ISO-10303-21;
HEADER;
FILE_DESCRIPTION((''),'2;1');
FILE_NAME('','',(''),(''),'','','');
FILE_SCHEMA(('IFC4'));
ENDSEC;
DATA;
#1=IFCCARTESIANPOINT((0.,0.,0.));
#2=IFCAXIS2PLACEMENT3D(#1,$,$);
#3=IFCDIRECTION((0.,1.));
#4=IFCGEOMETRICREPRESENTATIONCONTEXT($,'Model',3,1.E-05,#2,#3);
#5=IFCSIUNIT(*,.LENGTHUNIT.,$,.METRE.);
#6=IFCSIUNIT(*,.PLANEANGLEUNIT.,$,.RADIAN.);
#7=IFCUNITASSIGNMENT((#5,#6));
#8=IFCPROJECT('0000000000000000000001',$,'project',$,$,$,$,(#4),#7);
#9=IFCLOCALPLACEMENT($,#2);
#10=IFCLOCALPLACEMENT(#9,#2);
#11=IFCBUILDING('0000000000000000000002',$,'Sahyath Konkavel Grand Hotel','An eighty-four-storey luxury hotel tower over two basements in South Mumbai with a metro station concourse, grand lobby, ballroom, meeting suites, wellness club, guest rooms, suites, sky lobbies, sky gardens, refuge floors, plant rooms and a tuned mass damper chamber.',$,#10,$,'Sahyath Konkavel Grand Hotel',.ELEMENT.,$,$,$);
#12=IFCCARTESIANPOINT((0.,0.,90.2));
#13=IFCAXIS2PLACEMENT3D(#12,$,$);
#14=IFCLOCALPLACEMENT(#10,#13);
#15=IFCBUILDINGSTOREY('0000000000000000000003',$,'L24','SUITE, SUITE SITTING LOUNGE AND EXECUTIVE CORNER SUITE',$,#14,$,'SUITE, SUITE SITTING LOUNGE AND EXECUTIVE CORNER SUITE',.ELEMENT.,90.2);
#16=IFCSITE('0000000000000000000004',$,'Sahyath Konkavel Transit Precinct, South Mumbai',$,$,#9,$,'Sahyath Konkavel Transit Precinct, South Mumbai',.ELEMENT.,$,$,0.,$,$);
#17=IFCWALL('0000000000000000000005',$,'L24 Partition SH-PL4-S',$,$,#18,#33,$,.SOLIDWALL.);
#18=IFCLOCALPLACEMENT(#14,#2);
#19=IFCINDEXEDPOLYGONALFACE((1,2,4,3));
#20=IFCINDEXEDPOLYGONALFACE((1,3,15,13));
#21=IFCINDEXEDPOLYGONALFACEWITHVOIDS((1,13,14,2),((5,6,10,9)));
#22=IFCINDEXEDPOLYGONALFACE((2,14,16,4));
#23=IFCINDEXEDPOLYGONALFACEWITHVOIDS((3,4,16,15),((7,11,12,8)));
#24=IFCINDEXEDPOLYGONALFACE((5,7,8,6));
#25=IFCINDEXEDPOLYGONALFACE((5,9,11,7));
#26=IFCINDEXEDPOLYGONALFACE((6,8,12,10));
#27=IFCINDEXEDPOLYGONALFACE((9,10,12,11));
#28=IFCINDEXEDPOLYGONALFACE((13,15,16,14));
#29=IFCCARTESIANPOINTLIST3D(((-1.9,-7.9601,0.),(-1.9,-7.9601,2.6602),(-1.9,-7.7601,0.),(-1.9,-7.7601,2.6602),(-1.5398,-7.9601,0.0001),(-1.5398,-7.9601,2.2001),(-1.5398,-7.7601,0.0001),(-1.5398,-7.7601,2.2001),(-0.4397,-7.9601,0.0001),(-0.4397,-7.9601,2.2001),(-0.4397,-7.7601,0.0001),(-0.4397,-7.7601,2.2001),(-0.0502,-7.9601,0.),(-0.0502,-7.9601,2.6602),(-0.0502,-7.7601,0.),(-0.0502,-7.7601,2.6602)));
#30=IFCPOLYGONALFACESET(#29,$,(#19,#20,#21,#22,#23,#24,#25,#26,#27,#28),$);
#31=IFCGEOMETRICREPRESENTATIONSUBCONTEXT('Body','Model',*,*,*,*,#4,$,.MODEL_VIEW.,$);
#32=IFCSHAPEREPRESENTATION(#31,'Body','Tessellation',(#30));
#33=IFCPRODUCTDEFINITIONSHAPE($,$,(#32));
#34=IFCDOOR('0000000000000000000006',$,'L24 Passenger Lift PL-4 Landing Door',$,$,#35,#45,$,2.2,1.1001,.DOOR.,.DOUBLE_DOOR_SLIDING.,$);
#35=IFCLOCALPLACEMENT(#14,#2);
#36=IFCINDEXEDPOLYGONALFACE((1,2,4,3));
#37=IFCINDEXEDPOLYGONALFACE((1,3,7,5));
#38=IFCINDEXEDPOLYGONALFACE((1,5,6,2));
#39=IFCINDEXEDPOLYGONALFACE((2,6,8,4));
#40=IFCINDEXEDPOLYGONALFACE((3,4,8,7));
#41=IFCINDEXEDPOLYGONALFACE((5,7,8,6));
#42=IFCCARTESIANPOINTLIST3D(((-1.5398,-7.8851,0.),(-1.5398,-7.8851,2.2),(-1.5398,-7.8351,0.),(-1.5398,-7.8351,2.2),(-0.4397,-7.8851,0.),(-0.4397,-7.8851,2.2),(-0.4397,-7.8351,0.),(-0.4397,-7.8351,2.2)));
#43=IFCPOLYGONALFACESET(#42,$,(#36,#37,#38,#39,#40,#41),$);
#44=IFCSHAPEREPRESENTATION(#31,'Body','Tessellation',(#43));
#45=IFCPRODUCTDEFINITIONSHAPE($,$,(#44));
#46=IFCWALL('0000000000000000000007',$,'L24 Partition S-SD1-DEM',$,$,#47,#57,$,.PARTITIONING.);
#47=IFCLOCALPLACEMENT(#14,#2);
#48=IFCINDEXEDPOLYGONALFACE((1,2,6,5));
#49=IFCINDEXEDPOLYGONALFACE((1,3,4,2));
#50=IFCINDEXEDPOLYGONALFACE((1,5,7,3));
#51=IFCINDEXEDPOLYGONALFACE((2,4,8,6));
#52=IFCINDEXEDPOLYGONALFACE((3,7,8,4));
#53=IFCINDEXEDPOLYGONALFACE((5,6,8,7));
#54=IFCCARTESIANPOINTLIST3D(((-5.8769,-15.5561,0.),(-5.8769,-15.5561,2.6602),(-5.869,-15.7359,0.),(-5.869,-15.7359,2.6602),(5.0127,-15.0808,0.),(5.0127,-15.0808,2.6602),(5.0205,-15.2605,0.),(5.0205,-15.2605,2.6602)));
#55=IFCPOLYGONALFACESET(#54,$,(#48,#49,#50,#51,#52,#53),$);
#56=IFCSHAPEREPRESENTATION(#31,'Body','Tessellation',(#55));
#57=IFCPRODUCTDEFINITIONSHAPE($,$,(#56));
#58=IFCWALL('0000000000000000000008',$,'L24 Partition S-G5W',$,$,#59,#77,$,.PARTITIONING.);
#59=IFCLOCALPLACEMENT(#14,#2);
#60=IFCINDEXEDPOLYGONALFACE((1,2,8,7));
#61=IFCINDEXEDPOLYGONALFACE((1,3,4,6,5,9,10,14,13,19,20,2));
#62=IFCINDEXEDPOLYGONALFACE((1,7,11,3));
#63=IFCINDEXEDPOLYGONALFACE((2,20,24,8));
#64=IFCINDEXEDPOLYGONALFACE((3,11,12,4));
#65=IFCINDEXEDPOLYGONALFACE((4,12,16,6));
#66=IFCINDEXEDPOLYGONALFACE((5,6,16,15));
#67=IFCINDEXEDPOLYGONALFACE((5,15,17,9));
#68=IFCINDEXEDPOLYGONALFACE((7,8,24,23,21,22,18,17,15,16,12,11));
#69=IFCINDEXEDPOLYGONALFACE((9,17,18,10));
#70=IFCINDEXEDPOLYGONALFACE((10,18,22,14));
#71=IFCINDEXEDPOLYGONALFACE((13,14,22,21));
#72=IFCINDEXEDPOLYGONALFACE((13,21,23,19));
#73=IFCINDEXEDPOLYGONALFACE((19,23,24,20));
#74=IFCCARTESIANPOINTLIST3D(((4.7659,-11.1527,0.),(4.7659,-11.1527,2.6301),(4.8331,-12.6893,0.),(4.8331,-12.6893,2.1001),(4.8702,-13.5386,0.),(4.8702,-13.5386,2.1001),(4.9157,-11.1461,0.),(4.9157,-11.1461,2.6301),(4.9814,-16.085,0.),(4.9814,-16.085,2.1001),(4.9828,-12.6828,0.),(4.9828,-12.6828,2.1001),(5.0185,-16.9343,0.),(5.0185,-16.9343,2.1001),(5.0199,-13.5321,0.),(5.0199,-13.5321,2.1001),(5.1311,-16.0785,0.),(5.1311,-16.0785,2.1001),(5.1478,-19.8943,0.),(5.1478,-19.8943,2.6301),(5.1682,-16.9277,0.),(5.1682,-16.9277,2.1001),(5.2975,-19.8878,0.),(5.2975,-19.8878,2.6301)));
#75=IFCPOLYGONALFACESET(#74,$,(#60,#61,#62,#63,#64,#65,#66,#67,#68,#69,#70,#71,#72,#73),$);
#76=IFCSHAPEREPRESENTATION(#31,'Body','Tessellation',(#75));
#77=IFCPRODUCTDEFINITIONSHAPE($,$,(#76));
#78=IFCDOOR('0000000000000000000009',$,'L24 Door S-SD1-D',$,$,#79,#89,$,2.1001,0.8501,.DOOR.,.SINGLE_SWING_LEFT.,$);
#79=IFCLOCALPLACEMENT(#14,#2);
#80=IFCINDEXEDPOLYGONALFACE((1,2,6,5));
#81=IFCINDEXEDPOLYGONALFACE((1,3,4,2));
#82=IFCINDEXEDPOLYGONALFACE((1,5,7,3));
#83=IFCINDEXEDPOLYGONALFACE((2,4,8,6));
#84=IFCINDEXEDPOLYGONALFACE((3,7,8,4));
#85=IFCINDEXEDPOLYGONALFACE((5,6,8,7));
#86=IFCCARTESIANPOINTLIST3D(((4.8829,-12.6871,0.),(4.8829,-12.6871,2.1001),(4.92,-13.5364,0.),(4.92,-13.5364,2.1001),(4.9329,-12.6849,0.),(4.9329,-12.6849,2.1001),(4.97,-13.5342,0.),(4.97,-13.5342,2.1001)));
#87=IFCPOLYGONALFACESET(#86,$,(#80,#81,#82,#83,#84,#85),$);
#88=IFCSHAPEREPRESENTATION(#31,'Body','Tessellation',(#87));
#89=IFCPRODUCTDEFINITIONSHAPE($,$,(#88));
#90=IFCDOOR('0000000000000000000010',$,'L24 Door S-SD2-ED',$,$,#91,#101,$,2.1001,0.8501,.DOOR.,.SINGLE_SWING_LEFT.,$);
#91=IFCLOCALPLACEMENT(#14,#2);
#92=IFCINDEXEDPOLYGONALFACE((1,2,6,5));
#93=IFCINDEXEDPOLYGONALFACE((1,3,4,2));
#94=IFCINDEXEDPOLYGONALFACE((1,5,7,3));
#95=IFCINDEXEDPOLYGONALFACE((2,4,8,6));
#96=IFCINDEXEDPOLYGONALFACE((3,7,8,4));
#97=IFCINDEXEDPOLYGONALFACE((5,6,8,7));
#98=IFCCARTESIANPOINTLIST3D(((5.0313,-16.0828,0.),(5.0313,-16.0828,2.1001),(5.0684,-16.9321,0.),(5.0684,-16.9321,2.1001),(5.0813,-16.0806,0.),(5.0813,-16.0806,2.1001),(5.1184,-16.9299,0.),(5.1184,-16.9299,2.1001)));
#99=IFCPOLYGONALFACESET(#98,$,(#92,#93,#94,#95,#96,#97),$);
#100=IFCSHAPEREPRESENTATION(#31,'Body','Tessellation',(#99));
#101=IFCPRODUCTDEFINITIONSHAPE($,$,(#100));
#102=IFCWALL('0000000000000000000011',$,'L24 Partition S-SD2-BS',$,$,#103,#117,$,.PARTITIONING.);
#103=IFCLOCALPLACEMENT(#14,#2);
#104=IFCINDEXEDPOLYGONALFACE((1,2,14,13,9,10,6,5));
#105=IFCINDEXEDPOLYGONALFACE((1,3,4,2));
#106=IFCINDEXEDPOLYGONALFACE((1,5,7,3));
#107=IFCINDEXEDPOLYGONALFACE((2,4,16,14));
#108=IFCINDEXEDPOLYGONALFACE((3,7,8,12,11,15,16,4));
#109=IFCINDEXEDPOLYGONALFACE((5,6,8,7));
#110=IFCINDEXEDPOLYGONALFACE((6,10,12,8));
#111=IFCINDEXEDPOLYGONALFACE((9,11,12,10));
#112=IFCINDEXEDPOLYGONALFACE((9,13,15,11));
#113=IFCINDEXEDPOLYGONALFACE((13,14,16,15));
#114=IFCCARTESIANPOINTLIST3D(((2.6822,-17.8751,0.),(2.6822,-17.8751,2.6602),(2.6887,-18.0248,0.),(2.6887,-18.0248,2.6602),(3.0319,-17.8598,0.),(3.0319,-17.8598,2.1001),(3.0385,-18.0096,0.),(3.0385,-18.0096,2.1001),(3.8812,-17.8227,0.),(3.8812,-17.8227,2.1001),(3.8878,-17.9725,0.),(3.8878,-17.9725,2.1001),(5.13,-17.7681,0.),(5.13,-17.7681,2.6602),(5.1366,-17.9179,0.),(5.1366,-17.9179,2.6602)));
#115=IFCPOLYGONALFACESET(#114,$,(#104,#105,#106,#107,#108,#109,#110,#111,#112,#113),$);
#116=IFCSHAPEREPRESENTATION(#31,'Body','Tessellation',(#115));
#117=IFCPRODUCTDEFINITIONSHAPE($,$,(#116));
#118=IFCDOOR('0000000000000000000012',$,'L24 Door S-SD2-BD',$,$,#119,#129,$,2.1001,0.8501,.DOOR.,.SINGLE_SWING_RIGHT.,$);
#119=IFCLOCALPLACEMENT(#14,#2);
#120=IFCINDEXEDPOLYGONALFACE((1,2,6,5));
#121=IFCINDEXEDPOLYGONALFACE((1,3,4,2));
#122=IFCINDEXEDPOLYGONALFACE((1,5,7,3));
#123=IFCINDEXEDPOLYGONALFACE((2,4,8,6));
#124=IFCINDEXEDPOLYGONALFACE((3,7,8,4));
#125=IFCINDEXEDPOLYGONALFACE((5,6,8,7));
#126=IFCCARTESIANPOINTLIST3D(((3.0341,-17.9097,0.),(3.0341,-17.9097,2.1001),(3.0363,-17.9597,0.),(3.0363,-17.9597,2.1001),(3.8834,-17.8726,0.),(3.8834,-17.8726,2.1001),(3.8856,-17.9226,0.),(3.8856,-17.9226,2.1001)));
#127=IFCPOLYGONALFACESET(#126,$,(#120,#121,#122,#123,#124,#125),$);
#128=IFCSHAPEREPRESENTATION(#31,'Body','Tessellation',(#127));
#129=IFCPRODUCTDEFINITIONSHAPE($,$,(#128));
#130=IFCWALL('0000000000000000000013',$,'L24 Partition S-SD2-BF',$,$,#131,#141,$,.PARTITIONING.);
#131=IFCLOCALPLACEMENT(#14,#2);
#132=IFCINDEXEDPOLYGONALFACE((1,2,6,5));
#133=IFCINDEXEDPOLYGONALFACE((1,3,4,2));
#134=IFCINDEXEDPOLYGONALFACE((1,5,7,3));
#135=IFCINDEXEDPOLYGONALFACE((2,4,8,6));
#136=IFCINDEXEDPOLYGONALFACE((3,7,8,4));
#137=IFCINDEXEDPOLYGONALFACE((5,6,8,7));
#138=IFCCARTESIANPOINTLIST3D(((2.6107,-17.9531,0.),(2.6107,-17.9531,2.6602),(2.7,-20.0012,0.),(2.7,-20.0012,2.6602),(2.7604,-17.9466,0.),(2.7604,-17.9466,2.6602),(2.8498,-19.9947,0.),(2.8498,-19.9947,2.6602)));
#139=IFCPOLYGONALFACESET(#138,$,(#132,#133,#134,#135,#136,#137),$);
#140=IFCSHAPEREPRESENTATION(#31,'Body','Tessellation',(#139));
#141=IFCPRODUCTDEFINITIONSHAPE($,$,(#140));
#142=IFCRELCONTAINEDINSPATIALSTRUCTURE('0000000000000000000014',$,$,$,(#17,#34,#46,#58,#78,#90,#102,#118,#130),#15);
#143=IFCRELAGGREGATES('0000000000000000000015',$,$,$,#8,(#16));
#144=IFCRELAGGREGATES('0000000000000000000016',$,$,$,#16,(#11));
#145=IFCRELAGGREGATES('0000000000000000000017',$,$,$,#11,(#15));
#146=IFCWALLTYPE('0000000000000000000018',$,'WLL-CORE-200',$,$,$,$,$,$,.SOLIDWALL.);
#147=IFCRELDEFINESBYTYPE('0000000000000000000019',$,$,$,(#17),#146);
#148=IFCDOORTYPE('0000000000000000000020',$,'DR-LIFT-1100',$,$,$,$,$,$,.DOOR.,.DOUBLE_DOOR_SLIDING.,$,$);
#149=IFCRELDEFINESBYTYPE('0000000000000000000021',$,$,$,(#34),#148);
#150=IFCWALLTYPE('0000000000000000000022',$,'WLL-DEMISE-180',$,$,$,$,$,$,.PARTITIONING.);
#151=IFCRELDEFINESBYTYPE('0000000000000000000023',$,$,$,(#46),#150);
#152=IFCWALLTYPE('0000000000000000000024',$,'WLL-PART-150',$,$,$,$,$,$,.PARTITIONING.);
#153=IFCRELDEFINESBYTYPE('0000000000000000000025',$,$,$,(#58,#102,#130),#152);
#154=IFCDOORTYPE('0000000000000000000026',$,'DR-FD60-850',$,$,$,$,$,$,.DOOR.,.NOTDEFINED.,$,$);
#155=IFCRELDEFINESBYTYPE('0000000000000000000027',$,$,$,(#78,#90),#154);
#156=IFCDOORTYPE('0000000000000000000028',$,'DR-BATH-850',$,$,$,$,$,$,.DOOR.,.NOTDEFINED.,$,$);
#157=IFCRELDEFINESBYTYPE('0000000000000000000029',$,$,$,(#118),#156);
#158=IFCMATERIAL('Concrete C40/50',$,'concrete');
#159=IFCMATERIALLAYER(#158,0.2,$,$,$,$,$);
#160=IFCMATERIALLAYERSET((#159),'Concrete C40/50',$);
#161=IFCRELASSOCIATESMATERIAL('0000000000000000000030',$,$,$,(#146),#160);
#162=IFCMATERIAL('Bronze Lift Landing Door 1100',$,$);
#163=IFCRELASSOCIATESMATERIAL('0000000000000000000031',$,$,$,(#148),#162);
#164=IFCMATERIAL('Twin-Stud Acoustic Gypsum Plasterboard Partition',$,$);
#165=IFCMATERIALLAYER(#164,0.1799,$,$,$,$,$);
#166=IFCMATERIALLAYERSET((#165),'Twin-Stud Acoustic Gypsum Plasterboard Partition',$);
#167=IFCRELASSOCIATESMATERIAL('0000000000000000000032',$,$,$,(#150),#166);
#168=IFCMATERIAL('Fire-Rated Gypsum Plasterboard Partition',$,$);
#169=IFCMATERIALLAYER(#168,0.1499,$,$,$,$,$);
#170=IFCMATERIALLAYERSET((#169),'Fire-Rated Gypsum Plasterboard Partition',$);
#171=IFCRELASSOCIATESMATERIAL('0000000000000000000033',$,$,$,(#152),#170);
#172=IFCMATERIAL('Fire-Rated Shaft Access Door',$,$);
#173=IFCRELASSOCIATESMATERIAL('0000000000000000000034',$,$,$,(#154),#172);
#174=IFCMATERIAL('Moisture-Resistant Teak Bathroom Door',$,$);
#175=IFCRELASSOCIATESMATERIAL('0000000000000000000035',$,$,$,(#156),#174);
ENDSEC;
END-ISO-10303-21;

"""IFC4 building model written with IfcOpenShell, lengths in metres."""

from ifc_helpers import new_model, si_unit, direction, frame, frame_2d, origin, origin_2d, place, context, subcontext, project, spatial, rectangle, extrude, source, transform, mapped, material, layer, layer_set, type_object, element, fill, save


model = new_model("IFC4")

# Units and contexts
model_context = context("Model", 3, precision=1e-05, world=origin(), true_north=direction((0.0, 1.0)))
body_context = subcontext(model_context, "Body", "Model", "MODEL_VIEW")
ifc_project = project(units=[si_unit("LENGTHUNIT", "METRE"), si_unit("PLANEANGLEUNIT", "RADIAN")], contexts=[model_context])

# Site, building, storey
site_placement = place(None, origin())
site = spatial("IfcSite", under=ifc_project, at=site_placement, Name="Sahyath Konkavel Transit Precinct, South Mumbai", LongName="Sahyath Konkavel Transit Precinct, South Mumbai", CompositionType="ELEMENT", RefElevation=0.0)
building_placement = place(site_placement, origin())
building = spatial("IfcBuilding", under=site, at=building_placement, Name="Sahyath Konkavel Grand Hotel", Description="An eighty-four-storey luxury hotel tower over two basements in South Mumbai with a metro station concourse, grand lobby, ballroom, meeting suites, wellness club, guest rooms, suites, sky lobbies, sky gardens, refuge floors, plant rooms and a tuned mass damper chamber.", LongName="Sahyath Konkavel Grand Hotel", CompositionType="ELEMENT")
storey_placement = place(building_placement, frame((0.0, 0.0, 90.2)))
storey = spatial("IfcBuildingStorey", under=building, at=storey_placement, Name="L24", Description="SUITE, SUITE SITTING LOUNGE AND EXECUTIVE CORNER SUITE", LongName="SUITE, SUITE SITTING LOUNGE AND EXECUTIVE CORNER SUITE", CompositionType="ELEMENT", Elevation=90.2)

# Wall, opening, door
ifc_material_1 = material(Name="Concrete C40/50", Category="concrete")
ifc_layer_1 = layer(ifc_material_1, 0.2)
ifc_layer_set_1 = layer_set([ifc_layer_1], Name="Concrete C40/50")
wall_type_1 = type_object("IfcWallType", Name="WLL-CORE-200", PredefinedType="SOLIDWALL", material=ifc_layer_set_1)
wall_1_placement = place(storey_placement, frame((-1.8999, -7.8601, 0.0), z_axis=(0.0, 0.0, 1.0), x_axis=(1.0, 0.0, 0.0)))
wall_1 = element("IfcWall", 1, at=wall_1_placement, inside=storey, type_object=wall_type_1, Name="L24 Partition SH-PL4-S", PredefinedType="SOLIDWALL", context=body_context, shape_type="SweptSolid", body=[
    extrude(rectangle(XDim=1.8499, YDim=0.2, at=frame_2d((0.9248, 0.0))), origin(), (0.0, 0.0, 1.0), 2.6602),
])
opening_1_placement = place(wall_1_placement, frame((0.3601, 0.0, 0.0)))
opening_1 = element("IfcOpeningElement", 2, at=opening_1_placement, cuts=wall_1, PredefinedType="OPENING", context=body_context, shape_type="SweptSolid", body=[
    extrude(rectangle(XDim=1.1001, YDim=2.2, at=frame_2d((0.55, 1.1001))), frame((0.0, 0.1099, 0.0), z_axis=(0.0, -1.0, 0.0), x_axis=(1.0, 0.0, 0.0)), (0.0, 0.0, 1.0), 0.22),
])
ifc_material_2 = material(Name="Bronze Lift Landing Door 1100")
door_type_1 = type_object("IfcDoorType", Name="DR-LIFT-1100", OperationType="DOUBLE_DOOR_SLIDING", PredefinedType="DOOR", material=ifc_material_2)
shared_shape_1 = source(origin(), body_context, "Body", "SweptSolid", [
    extrude(rectangle(XDim=1.1001, YDim=0.05, at=origin_2d()), origin(), (0.0, 0.0, 1.0), 2.2),
])
door_1_placement = place(opening_1_placement, frame((0.55, 0.0, 0.0)))
door_1 = element("IfcDoor", 3, at=door_1_placement, inside=storey, type_object=door_type_1, Name="L24 Passenger Lift PL-4 Landing Door", OperationType="DOUBLE_DOOR_SLIDING", OverallHeight=2.2, OverallWidth=1.1001, PredefinedType="DOOR", context=body_context, shape_type="MappedRepresentation", body=[
    mapped(shared_shape_1, transform((0.0, 0.0, 0.0), scale=1.0)),
])
fill(opening_1, door_1)

# Wall
ifc_material_3 = material(Name="Twin-Stud Acoustic Gypsum Plasterboard Partition")
ifc_layer_2 = layer(ifc_material_3, 0.1799)
ifc_layer_set_2 = layer_set([ifc_layer_2], Name="Twin-Stud Acoustic Gypsum Plasterboard Partition")
wall_type_2 = type_object("IfcWallType", Name="WLL-DEMISE-180", PredefinedType="PARTITIONING", material=ifc_layer_set_2)
wall_2_placement = place(storey_placement, frame((5.0166, -15.1707, 0.0), z_axis=(0.0, 0.0, 1.0), x_axis=(-0.999049, -0.043609, 0.0)))
element("IfcWall", 4, at=wall_2_placement, inside=storey, type_object=wall_type_2, Name="L24 Partition S-SD1-DEM", PredefinedType="PARTITIONING", context=body_context, shape_type="SweptSolid", body=[
    extrude(rectangle(XDim=10.8999, YDim=0.1799, at=frame_2d((5.45, 0.0))), origin(), (0.0, 0.0, 1.0), 2.6602),
])

# Wall, openings, doors
ifc_material_4 = material(Name="Fire-Rated Gypsum Plasterboard Partition")
ifc_layer_3 = layer(ifc_material_4, 0.1499)
ifc_layer_set_3 = layer_set([ifc_layer_3], Name="Fire-Rated Gypsum Plasterboard Partition")
wall_type_3 = type_object("IfcWallType", Name="WLL-PART-150", PredefinedType="PARTITIONING", material=ifc_layer_set_3)
wall_3_placement = place(storey_placement, frame((4.8408, -11.1494, 0.0), z_axis=(0.0, 0.0, 1.0), x_axis=(0.043638, -0.999047, 0.0)))
wall_3 = element("IfcWall", 5, at=wall_3_placement, inside=storey, type_object=wall_type_3, Name="L24 Partition S-G5W", PredefinedType="PARTITIONING", context=body_context, shape_type="SweptSolid", body=[
    extrude(rectangle(XDim=8.75, YDim=0.1499, at=frame_2d((4.375, 0.0))), origin(), (0.0, 0.0, 1.0), 2.6301),
])
opening_2_placement = place(wall_3_placement, frame((1.5381, 0.0, 0.0)))
opening_2 = element("IfcOpeningElement", 6, at=opening_2_placement, cuts=wall_3, PredefinedType="OPENING", context=body_context, shape_type="SweptSolid", body=[
    extrude(rectangle(XDim=0.8501, YDim=2.1001, at=frame_2d((0.425, 1.05))), frame((0.0, 0.085, 0.0), z_axis=(0.0, -1.0, 0.0), x_axis=(1.0, 0.0, 0.0)), (0.0, 0.0, 1.0), 0.1699),
])
opening_3_placement = place(wall_3_placement, frame((4.937, 0.0, 0.0)))
opening_3 = element("IfcOpeningElement", 7, at=opening_3_placement, cuts=wall_3, PredefinedType="OPENING", context=body_context, shape_type="SweptSolid", body=[
    extrude(rectangle(XDim=0.8501, YDim=2.1001, at=frame_2d((0.425, 1.05))), frame((0.0, 0.085, 0.0), z_axis=(0.0, -1.0, 0.0), x_axis=(1.0, 0.0, 0.0)), (0.0, 0.0, 1.0), 0.1699),
])
ifc_material_5 = material(Name="Fire-Rated Shaft Access Door")
door_type_2 = type_object("IfcDoorType", Name="DR-FD60-850", OperationType="NOTDEFINED", PredefinedType="DOOR", material=ifc_material_5)
shared_shape_2 = source(origin(), body_context, "Body", "SweptSolid", [
    extrude(rectangle(XDim=0.8501, YDim=0.05, at=origin_2d()), origin(), (0.0, 0.0, 1.0), 2.1001),
])
door_2_placement = place(opening_2_placement, frame((0.425, 0.0, 0.0)))
door_2 = element("IfcDoor", 8, at=door_2_placement, inside=storey, type_object=door_type_2, Name="L24 Door S-SD1-D", OperationType="SINGLE_SWING_LEFT", OverallHeight=2.1001, OverallWidth=0.8501, PredefinedType="DOOR", context=body_context, shape_type="MappedRepresentation", body=[
    mapped(shared_shape_2, transform((0.0, 0.0, 0.0), scale=1.0)),
])
fill(opening_2, door_2)
door_3_placement = place(opening_3_placement, frame((0.425, 0.0, 0.0)))
door_3 = element("IfcDoor", 9, at=door_3_placement, inside=storey, type_object=door_type_2, Name="L24 Door S-SD2-ED", OperationType="SINGLE_SWING_LEFT", OverallHeight=2.1001, OverallWidth=0.8501, PredefinedType="DOOR", context=body_context, shape_type="MappedRepresentation", body=[
    mapped(shared_shape_2, transform((0.0, 0.0, 0.0), scale=1.0)),
])
fill(opening_3, door_3)

# Wall, opening, door
wall_4_placement = place(storey_placement, frame((5.1333, -17.843, 0.0), z_axis=(0.0, 0.0, 1.0), x_axis=(-0.999047, -0.043645, 0.0)))
wall_4 = element("IfcWall", 10, at=wall_4_placement, inside=storey, type_object=wall_type_3, Name="L24 Partition S-SD2-BS", PredefinedType="PARTITIONING", context=body_context, shape_type="SweptSolid", body=[
    extrude(rectangle(XDim=2.4502, YDim=0.1499, at=frame_2d((1.2251, 0.0))), origin(), (0.0, 0.0, 1.0), 2.6602),
])
opening_4_placement = place(wall_4_placement, frame((1.25, 0.0, 0.0)))
opening_4 = element("IfcOpeningElement", 11, at=opening_4_placement, cuts=wall_4, PredefinedType="OPENING", context=body_context, shape_type="SweptSolid", body=[
    extrude(rectangle(XDim=0.8501, YDim=2.1001, at=frame_2d((0.425, 1.05))), frame((0.0, 0.085, 0.0), z_axis=(0.0, -1.0, 0.0), x_axis=(1.0, 0.0, 0.0)), (0.0, 0.0, 1.0), 0.1699),
])
ifc_material_6 = material(Name="Moisture-Resistant Teak Bathroom Door")
door_type_3 = type_object("IfcDoorType", Name="DR-BATH-850", OperationType="NOTDEFINED", PredefinedType="DOOR", material=ifc_material_6)
door_4_placement = place(opening_4_placement, frame((0.425, 0.0, 0.0)))
door_4 = element("IfcDoor", 12, at=door_4_placement, inside=storey, type_object=door_type_3, Name="L24 Door S-SD2-BD", OperationType="SINGLE_SWING_RIGHT", OverallHeight=2.1001, OverallWidth=0.8501, PredefinedType="DOOR", context=body_context, shape_type="MappedRepresentation", body=[
    mapped(shared_shape_2, transform((0.0, 0.0, 0.0), scale=1.0)),
])
fill(opening_4, door_4)

# Wall
wall_5_placement = place(storey_placement, frame((2.6855, -17.95, 0.0), z_axis=(0.0, 0.0, 1.0), x_axis=(0.043587, -0.99905, 0.0)))
element("IfcWall", 13, at=wall_5_placement, inside=storey, type_object=wall_type_3, Name="L24 Partition S-SD2-BF", PredefinedType="PARTITIONING", context=body_context, shape_type="SweptSolid", body=[
    extrude(rectangle(XDim=2.05, YDim=0.1499, at=frame_2d((1.0249, 0.0))), origin(), (0.0, 0.0, 1.0), 2.6602),
])

save(model, "model.ifc")
